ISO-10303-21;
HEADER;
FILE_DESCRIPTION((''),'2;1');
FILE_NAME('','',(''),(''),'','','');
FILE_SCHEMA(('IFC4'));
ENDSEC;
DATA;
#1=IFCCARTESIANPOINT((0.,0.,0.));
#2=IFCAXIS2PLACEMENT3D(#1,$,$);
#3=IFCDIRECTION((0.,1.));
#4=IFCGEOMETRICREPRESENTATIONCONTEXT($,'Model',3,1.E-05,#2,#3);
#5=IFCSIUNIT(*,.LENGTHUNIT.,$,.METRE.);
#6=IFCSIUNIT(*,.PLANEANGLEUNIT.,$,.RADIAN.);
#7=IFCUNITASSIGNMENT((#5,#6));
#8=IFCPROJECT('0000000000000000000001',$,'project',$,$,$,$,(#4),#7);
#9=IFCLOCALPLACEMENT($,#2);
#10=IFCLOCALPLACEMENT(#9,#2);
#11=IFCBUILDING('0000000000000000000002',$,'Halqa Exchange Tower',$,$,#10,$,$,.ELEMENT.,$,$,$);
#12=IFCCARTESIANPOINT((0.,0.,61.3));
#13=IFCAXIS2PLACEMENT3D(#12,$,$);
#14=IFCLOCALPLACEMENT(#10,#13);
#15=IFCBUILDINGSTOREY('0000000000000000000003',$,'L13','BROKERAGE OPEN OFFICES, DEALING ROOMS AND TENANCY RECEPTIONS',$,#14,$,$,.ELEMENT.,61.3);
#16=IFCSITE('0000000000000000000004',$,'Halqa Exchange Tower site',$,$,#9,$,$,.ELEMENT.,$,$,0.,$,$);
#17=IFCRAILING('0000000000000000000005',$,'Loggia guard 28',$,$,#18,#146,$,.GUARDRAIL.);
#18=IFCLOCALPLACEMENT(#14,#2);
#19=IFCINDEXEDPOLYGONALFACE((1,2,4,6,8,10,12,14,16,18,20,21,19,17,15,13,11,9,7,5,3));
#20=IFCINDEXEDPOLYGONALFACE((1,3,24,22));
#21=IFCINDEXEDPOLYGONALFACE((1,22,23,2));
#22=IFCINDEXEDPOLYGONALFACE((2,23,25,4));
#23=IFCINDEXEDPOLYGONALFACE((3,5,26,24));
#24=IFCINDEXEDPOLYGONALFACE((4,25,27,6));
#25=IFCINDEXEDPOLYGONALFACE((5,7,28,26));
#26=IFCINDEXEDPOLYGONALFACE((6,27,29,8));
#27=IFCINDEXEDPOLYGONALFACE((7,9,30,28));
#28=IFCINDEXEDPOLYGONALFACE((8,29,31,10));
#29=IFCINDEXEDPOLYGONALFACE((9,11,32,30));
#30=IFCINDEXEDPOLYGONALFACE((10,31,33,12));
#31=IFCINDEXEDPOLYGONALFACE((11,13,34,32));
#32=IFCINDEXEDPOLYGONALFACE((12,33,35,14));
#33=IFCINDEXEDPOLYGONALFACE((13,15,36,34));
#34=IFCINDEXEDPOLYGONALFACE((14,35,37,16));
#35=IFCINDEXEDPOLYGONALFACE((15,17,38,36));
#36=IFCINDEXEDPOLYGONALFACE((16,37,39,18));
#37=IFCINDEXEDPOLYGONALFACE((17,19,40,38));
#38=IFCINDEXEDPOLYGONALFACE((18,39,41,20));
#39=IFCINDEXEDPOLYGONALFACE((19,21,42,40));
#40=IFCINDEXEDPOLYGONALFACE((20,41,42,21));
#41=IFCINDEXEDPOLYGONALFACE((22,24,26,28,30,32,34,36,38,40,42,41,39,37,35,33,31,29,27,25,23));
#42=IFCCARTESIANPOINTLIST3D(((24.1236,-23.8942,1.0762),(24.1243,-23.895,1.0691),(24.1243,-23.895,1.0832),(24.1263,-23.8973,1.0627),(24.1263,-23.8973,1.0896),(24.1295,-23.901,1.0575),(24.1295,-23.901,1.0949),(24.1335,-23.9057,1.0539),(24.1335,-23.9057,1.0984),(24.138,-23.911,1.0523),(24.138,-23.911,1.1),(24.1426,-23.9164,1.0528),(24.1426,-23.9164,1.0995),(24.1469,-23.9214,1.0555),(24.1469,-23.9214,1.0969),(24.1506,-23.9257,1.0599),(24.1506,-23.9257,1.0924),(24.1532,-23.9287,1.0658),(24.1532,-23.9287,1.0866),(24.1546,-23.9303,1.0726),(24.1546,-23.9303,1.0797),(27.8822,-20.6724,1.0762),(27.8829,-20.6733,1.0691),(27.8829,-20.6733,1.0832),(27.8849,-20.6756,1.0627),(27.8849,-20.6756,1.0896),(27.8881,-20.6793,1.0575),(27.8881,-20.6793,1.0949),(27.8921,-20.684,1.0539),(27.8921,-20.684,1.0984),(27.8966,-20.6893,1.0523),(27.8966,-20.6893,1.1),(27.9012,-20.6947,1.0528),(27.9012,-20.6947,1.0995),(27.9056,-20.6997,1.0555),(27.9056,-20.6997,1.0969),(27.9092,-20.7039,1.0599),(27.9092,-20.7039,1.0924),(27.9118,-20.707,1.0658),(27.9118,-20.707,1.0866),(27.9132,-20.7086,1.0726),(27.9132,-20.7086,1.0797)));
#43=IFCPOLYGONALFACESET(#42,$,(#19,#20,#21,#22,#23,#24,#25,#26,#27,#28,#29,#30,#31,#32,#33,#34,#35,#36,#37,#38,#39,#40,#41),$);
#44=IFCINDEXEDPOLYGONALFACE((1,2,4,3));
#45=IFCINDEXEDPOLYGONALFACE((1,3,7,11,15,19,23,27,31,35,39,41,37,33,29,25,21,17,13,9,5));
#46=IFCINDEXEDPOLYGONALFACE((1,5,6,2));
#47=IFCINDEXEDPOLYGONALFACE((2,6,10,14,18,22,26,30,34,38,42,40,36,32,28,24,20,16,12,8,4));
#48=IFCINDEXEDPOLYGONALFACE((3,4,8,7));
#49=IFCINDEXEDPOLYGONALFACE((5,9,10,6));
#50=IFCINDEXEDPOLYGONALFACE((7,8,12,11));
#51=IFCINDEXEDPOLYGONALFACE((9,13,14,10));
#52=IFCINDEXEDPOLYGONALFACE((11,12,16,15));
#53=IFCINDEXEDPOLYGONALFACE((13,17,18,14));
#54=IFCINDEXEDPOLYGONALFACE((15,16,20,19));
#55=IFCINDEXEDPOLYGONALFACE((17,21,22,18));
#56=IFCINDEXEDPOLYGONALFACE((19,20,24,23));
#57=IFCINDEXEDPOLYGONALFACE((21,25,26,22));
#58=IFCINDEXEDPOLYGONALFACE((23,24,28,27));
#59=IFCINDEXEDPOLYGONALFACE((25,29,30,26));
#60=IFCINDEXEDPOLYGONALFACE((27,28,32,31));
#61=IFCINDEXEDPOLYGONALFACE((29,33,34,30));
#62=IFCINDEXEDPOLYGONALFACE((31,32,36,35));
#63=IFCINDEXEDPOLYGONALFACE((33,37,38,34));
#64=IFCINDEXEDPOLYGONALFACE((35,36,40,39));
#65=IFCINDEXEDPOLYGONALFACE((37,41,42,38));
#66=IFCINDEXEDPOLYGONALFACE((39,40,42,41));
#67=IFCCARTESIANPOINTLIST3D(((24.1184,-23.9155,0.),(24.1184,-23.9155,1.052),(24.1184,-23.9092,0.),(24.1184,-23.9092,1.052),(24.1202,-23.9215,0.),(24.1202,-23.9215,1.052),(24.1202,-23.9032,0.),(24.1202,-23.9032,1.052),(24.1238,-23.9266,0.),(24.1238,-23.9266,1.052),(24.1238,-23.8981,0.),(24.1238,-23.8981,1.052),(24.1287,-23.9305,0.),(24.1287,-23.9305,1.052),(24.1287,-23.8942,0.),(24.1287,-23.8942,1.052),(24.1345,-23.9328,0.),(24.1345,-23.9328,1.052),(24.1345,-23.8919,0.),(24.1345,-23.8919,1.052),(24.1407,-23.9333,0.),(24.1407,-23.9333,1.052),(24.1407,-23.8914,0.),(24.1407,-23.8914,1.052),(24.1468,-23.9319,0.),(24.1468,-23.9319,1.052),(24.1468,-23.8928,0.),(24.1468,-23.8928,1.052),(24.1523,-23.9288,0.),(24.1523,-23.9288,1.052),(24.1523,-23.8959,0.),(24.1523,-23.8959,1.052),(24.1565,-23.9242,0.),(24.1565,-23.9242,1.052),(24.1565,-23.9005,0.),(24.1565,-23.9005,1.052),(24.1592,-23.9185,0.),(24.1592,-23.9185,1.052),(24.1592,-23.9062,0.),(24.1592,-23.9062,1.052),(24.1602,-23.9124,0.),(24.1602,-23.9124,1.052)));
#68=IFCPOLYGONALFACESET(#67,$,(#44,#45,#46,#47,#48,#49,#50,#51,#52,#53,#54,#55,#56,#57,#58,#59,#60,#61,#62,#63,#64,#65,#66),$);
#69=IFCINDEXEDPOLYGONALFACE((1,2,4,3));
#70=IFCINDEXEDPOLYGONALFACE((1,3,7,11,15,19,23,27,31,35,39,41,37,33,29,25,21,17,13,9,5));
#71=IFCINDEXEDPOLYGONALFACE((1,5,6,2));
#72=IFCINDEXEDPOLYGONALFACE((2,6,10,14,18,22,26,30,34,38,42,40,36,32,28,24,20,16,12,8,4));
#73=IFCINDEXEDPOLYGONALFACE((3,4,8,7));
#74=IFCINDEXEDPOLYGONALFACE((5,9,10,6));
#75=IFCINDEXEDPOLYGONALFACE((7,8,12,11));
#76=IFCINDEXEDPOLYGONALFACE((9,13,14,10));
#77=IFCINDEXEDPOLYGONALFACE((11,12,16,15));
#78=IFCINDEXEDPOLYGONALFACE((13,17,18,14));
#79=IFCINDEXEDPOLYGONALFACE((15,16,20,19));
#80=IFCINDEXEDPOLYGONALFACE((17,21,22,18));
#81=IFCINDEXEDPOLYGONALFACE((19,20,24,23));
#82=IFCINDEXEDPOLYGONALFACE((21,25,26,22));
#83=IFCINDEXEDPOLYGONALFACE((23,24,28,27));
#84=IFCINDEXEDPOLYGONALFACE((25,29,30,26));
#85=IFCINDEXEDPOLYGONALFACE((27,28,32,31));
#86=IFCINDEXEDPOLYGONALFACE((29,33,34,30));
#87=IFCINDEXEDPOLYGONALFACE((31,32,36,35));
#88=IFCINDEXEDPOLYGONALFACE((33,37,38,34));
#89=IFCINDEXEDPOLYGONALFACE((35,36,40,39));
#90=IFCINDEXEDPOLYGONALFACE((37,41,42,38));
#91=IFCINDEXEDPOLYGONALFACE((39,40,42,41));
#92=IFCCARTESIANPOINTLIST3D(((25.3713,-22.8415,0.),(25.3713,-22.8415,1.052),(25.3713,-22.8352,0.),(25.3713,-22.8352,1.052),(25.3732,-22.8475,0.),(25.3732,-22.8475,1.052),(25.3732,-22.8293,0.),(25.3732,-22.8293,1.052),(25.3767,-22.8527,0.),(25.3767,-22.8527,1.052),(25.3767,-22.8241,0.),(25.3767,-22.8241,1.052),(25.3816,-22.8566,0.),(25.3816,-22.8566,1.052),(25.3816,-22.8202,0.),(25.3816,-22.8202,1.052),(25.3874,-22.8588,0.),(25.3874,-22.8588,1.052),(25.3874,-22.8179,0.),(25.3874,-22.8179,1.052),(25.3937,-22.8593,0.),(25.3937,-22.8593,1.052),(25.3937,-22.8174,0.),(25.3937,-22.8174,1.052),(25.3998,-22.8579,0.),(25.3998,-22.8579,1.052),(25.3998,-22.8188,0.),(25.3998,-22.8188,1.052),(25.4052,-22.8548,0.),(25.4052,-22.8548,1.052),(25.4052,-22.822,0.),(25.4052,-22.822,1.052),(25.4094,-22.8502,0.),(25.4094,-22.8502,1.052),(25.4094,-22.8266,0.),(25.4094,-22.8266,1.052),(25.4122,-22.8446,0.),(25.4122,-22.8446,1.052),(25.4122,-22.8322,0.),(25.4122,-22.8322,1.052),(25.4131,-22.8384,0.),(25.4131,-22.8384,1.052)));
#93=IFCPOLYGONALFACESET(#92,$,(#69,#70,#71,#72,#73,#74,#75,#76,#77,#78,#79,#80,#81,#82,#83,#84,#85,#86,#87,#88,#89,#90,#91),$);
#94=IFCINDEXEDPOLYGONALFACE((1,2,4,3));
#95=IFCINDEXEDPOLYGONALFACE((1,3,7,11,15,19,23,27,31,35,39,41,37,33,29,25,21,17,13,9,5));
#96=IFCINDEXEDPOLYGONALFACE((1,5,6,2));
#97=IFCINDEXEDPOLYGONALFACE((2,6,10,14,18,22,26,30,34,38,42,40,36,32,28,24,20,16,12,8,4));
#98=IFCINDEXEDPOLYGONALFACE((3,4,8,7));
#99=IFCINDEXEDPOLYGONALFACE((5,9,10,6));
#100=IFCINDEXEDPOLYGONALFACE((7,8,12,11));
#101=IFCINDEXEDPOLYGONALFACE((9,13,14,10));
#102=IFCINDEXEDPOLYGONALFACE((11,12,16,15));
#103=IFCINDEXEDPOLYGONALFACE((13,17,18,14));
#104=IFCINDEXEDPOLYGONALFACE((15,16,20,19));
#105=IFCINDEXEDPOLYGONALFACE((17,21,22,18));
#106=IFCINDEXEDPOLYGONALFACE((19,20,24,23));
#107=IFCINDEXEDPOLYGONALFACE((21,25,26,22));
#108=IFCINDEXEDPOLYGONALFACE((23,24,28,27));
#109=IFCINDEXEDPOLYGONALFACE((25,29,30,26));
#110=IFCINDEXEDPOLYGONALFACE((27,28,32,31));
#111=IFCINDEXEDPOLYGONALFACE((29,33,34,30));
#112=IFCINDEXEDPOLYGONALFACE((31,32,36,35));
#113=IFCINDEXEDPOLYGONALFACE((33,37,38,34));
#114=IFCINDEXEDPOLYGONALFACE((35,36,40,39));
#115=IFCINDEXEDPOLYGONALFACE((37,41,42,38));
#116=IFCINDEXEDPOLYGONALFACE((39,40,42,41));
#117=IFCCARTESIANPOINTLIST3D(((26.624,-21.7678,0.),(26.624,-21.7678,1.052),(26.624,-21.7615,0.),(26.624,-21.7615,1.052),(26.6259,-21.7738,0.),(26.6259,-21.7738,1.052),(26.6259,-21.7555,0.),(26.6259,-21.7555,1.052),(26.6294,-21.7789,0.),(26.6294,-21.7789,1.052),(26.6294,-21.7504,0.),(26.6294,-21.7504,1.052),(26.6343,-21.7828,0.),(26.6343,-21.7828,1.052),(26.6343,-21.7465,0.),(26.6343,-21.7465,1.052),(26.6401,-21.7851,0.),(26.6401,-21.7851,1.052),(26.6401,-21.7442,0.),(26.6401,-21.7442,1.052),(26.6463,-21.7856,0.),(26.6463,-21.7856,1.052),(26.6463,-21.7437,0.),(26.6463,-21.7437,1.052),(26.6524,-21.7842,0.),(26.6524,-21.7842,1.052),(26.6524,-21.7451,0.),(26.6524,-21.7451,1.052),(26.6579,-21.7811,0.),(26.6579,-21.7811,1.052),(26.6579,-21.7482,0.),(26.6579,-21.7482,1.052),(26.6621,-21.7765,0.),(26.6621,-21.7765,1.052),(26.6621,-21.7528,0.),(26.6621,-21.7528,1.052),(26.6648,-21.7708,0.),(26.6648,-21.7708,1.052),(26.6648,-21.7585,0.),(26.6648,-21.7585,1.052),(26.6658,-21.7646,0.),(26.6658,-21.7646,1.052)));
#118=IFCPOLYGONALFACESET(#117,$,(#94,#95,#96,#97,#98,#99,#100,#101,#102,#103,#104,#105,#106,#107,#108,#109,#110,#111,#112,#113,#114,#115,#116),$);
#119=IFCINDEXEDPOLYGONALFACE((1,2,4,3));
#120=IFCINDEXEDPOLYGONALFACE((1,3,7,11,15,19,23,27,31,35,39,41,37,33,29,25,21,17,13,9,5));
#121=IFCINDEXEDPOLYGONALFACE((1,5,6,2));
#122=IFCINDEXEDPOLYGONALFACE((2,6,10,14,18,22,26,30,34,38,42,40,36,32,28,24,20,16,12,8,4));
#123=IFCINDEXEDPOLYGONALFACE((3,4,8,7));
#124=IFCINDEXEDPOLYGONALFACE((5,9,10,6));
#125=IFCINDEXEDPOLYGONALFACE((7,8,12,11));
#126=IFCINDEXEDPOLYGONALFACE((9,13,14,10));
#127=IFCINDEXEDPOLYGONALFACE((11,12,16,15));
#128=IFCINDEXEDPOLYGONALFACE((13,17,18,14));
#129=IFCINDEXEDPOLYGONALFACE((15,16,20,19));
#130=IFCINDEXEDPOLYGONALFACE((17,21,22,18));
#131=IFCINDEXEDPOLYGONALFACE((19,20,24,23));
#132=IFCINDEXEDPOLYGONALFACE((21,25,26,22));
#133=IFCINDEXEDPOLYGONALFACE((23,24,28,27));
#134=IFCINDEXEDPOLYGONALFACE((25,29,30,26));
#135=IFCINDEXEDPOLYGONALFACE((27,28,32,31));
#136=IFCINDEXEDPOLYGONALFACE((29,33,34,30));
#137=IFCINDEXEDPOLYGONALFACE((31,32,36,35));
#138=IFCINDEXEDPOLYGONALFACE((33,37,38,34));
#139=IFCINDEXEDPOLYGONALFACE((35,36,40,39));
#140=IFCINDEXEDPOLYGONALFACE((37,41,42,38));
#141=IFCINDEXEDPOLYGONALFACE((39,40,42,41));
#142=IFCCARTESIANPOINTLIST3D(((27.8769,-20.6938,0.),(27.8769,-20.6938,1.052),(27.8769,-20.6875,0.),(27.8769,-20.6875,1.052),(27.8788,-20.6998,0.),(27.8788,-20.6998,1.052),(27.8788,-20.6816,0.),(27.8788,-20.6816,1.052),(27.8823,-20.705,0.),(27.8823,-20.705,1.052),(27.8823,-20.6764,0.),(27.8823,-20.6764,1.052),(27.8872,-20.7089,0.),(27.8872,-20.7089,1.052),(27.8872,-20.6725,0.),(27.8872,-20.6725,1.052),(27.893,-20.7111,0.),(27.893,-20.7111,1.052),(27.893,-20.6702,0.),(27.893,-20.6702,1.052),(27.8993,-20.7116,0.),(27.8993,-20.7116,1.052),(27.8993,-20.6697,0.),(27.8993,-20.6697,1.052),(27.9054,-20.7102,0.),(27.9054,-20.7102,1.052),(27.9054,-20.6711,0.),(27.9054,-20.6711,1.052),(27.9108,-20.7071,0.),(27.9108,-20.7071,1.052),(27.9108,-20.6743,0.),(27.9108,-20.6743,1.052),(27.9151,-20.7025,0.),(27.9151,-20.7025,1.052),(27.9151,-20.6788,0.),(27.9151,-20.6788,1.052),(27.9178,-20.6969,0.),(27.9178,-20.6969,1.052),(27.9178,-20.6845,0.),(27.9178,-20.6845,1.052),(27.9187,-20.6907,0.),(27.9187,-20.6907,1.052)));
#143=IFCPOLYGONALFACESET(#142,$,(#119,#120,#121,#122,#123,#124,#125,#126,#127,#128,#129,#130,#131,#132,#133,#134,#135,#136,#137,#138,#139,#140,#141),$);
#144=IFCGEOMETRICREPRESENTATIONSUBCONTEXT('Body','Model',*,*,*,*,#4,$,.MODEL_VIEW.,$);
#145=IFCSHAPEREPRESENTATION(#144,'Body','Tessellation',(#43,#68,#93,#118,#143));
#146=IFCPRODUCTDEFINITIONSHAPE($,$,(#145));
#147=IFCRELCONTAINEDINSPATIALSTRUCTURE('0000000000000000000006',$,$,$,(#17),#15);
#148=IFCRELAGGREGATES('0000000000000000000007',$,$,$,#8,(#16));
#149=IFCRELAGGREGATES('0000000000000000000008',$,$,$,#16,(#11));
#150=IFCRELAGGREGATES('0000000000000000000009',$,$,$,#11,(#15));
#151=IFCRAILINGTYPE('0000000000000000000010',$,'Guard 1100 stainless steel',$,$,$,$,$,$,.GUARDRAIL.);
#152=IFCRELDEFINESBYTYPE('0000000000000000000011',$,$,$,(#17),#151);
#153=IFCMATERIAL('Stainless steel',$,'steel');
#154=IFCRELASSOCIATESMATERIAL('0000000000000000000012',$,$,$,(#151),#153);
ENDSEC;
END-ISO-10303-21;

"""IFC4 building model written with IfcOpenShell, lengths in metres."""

from ifc_helpers import new_model, si_unit, direction, frame, origin, origin_2d, place, context, subcontext, project, spatial, circle, extrude, material, type_object, element, save


model = new_model("IFC4")

# Units and contexts
model_context = context("Model", 3, precision=1e-05, world=origin(), true_north=direction((0.0, 1.0)))
body_context = subcontext(model_context, "Body", "Model", "MODEL_VIEW")
ifc_project = project(units=[si_unit("LENGTHUNIT", "METRE"), si_unit("PLANEANGLEUNIT", "RADIAN")], contexts=[model_context])

# Site, building, storey
site_placement = place(None, origin())
site = spatial("IfcSite", under=ifc_project, at=site_placement, Name="Halqa Exchange Tower site", CompositionType="ELEMENT", RefElevation=0.0)
building_placement = place(site_placement, origin())
building = spatial("IfcBuilding", under=site, at=building_placement, Name="Halqa Exchange Tower", CompositionType="ELEMENT")
storey_placement = place(building_placement, frame((0.0, 0.0, 61.3)))
storey = spatial("IfcBuildingStorey", under=building, at=storey_placement, Name="L13", Description="BROKERAGE OPEN OFFICES, DEALING ROOMS AND TENANCY RECEPTIONS", CompositionType="ELEMENT", Elevation=61.3)

# Railing
ifc_material_1 = material(Name="Stainless steel", Category="steel")
railing_type = type_object("IfcRailingType", Name="Guard 1100 stainless steel", PredefinedType="GUARDRAIL", material=ifc_material_1)
railing_1_placement = place(storey_placement, frame((24.1392, -23.9124, 0.0)))
element("IfcRailing", 1, at=railing_1_placement, inside=storey, type_object=railing_type, Name="Loggia guard 28", PredefinedType="GUARDRAIL", context=body_context, shape_type="SweptSolid", body=[
    extrude(circle(Radius=0.0239, at=origin_2d()), frame((0.0, 0.0, 1.0762), z_axis=(0.75925, 0.650799, 0.0), x_axis=(-0.650799, 0.75925, 0.0)), (0.0, 0.0, 1.0), 4.9504),
    extrude(circle(Radius=0.021, at=origin_2d()), origin(), (0.0, 0.0, 1.0), 1.052),
    extrude(circle(Radius=0.021, at=origin_2d()), frame((1.2529, 1.074, 0.0)), (0.0, 0.0, 1.0), 1.052),
    extrude(circle(Radius=0.021, at=origin_2d()), frame((2.5056, 2.1477, 0.0)), (0.0, 0.0, 1.0), 1.052),
    extrude(circle(Radius=0.021, at=origin_2d()), frame((3.7585, 3.2217, 0.0)), (0.0, 0.0, 1.0), 1.052),
])

save(model, "model.ifc")
